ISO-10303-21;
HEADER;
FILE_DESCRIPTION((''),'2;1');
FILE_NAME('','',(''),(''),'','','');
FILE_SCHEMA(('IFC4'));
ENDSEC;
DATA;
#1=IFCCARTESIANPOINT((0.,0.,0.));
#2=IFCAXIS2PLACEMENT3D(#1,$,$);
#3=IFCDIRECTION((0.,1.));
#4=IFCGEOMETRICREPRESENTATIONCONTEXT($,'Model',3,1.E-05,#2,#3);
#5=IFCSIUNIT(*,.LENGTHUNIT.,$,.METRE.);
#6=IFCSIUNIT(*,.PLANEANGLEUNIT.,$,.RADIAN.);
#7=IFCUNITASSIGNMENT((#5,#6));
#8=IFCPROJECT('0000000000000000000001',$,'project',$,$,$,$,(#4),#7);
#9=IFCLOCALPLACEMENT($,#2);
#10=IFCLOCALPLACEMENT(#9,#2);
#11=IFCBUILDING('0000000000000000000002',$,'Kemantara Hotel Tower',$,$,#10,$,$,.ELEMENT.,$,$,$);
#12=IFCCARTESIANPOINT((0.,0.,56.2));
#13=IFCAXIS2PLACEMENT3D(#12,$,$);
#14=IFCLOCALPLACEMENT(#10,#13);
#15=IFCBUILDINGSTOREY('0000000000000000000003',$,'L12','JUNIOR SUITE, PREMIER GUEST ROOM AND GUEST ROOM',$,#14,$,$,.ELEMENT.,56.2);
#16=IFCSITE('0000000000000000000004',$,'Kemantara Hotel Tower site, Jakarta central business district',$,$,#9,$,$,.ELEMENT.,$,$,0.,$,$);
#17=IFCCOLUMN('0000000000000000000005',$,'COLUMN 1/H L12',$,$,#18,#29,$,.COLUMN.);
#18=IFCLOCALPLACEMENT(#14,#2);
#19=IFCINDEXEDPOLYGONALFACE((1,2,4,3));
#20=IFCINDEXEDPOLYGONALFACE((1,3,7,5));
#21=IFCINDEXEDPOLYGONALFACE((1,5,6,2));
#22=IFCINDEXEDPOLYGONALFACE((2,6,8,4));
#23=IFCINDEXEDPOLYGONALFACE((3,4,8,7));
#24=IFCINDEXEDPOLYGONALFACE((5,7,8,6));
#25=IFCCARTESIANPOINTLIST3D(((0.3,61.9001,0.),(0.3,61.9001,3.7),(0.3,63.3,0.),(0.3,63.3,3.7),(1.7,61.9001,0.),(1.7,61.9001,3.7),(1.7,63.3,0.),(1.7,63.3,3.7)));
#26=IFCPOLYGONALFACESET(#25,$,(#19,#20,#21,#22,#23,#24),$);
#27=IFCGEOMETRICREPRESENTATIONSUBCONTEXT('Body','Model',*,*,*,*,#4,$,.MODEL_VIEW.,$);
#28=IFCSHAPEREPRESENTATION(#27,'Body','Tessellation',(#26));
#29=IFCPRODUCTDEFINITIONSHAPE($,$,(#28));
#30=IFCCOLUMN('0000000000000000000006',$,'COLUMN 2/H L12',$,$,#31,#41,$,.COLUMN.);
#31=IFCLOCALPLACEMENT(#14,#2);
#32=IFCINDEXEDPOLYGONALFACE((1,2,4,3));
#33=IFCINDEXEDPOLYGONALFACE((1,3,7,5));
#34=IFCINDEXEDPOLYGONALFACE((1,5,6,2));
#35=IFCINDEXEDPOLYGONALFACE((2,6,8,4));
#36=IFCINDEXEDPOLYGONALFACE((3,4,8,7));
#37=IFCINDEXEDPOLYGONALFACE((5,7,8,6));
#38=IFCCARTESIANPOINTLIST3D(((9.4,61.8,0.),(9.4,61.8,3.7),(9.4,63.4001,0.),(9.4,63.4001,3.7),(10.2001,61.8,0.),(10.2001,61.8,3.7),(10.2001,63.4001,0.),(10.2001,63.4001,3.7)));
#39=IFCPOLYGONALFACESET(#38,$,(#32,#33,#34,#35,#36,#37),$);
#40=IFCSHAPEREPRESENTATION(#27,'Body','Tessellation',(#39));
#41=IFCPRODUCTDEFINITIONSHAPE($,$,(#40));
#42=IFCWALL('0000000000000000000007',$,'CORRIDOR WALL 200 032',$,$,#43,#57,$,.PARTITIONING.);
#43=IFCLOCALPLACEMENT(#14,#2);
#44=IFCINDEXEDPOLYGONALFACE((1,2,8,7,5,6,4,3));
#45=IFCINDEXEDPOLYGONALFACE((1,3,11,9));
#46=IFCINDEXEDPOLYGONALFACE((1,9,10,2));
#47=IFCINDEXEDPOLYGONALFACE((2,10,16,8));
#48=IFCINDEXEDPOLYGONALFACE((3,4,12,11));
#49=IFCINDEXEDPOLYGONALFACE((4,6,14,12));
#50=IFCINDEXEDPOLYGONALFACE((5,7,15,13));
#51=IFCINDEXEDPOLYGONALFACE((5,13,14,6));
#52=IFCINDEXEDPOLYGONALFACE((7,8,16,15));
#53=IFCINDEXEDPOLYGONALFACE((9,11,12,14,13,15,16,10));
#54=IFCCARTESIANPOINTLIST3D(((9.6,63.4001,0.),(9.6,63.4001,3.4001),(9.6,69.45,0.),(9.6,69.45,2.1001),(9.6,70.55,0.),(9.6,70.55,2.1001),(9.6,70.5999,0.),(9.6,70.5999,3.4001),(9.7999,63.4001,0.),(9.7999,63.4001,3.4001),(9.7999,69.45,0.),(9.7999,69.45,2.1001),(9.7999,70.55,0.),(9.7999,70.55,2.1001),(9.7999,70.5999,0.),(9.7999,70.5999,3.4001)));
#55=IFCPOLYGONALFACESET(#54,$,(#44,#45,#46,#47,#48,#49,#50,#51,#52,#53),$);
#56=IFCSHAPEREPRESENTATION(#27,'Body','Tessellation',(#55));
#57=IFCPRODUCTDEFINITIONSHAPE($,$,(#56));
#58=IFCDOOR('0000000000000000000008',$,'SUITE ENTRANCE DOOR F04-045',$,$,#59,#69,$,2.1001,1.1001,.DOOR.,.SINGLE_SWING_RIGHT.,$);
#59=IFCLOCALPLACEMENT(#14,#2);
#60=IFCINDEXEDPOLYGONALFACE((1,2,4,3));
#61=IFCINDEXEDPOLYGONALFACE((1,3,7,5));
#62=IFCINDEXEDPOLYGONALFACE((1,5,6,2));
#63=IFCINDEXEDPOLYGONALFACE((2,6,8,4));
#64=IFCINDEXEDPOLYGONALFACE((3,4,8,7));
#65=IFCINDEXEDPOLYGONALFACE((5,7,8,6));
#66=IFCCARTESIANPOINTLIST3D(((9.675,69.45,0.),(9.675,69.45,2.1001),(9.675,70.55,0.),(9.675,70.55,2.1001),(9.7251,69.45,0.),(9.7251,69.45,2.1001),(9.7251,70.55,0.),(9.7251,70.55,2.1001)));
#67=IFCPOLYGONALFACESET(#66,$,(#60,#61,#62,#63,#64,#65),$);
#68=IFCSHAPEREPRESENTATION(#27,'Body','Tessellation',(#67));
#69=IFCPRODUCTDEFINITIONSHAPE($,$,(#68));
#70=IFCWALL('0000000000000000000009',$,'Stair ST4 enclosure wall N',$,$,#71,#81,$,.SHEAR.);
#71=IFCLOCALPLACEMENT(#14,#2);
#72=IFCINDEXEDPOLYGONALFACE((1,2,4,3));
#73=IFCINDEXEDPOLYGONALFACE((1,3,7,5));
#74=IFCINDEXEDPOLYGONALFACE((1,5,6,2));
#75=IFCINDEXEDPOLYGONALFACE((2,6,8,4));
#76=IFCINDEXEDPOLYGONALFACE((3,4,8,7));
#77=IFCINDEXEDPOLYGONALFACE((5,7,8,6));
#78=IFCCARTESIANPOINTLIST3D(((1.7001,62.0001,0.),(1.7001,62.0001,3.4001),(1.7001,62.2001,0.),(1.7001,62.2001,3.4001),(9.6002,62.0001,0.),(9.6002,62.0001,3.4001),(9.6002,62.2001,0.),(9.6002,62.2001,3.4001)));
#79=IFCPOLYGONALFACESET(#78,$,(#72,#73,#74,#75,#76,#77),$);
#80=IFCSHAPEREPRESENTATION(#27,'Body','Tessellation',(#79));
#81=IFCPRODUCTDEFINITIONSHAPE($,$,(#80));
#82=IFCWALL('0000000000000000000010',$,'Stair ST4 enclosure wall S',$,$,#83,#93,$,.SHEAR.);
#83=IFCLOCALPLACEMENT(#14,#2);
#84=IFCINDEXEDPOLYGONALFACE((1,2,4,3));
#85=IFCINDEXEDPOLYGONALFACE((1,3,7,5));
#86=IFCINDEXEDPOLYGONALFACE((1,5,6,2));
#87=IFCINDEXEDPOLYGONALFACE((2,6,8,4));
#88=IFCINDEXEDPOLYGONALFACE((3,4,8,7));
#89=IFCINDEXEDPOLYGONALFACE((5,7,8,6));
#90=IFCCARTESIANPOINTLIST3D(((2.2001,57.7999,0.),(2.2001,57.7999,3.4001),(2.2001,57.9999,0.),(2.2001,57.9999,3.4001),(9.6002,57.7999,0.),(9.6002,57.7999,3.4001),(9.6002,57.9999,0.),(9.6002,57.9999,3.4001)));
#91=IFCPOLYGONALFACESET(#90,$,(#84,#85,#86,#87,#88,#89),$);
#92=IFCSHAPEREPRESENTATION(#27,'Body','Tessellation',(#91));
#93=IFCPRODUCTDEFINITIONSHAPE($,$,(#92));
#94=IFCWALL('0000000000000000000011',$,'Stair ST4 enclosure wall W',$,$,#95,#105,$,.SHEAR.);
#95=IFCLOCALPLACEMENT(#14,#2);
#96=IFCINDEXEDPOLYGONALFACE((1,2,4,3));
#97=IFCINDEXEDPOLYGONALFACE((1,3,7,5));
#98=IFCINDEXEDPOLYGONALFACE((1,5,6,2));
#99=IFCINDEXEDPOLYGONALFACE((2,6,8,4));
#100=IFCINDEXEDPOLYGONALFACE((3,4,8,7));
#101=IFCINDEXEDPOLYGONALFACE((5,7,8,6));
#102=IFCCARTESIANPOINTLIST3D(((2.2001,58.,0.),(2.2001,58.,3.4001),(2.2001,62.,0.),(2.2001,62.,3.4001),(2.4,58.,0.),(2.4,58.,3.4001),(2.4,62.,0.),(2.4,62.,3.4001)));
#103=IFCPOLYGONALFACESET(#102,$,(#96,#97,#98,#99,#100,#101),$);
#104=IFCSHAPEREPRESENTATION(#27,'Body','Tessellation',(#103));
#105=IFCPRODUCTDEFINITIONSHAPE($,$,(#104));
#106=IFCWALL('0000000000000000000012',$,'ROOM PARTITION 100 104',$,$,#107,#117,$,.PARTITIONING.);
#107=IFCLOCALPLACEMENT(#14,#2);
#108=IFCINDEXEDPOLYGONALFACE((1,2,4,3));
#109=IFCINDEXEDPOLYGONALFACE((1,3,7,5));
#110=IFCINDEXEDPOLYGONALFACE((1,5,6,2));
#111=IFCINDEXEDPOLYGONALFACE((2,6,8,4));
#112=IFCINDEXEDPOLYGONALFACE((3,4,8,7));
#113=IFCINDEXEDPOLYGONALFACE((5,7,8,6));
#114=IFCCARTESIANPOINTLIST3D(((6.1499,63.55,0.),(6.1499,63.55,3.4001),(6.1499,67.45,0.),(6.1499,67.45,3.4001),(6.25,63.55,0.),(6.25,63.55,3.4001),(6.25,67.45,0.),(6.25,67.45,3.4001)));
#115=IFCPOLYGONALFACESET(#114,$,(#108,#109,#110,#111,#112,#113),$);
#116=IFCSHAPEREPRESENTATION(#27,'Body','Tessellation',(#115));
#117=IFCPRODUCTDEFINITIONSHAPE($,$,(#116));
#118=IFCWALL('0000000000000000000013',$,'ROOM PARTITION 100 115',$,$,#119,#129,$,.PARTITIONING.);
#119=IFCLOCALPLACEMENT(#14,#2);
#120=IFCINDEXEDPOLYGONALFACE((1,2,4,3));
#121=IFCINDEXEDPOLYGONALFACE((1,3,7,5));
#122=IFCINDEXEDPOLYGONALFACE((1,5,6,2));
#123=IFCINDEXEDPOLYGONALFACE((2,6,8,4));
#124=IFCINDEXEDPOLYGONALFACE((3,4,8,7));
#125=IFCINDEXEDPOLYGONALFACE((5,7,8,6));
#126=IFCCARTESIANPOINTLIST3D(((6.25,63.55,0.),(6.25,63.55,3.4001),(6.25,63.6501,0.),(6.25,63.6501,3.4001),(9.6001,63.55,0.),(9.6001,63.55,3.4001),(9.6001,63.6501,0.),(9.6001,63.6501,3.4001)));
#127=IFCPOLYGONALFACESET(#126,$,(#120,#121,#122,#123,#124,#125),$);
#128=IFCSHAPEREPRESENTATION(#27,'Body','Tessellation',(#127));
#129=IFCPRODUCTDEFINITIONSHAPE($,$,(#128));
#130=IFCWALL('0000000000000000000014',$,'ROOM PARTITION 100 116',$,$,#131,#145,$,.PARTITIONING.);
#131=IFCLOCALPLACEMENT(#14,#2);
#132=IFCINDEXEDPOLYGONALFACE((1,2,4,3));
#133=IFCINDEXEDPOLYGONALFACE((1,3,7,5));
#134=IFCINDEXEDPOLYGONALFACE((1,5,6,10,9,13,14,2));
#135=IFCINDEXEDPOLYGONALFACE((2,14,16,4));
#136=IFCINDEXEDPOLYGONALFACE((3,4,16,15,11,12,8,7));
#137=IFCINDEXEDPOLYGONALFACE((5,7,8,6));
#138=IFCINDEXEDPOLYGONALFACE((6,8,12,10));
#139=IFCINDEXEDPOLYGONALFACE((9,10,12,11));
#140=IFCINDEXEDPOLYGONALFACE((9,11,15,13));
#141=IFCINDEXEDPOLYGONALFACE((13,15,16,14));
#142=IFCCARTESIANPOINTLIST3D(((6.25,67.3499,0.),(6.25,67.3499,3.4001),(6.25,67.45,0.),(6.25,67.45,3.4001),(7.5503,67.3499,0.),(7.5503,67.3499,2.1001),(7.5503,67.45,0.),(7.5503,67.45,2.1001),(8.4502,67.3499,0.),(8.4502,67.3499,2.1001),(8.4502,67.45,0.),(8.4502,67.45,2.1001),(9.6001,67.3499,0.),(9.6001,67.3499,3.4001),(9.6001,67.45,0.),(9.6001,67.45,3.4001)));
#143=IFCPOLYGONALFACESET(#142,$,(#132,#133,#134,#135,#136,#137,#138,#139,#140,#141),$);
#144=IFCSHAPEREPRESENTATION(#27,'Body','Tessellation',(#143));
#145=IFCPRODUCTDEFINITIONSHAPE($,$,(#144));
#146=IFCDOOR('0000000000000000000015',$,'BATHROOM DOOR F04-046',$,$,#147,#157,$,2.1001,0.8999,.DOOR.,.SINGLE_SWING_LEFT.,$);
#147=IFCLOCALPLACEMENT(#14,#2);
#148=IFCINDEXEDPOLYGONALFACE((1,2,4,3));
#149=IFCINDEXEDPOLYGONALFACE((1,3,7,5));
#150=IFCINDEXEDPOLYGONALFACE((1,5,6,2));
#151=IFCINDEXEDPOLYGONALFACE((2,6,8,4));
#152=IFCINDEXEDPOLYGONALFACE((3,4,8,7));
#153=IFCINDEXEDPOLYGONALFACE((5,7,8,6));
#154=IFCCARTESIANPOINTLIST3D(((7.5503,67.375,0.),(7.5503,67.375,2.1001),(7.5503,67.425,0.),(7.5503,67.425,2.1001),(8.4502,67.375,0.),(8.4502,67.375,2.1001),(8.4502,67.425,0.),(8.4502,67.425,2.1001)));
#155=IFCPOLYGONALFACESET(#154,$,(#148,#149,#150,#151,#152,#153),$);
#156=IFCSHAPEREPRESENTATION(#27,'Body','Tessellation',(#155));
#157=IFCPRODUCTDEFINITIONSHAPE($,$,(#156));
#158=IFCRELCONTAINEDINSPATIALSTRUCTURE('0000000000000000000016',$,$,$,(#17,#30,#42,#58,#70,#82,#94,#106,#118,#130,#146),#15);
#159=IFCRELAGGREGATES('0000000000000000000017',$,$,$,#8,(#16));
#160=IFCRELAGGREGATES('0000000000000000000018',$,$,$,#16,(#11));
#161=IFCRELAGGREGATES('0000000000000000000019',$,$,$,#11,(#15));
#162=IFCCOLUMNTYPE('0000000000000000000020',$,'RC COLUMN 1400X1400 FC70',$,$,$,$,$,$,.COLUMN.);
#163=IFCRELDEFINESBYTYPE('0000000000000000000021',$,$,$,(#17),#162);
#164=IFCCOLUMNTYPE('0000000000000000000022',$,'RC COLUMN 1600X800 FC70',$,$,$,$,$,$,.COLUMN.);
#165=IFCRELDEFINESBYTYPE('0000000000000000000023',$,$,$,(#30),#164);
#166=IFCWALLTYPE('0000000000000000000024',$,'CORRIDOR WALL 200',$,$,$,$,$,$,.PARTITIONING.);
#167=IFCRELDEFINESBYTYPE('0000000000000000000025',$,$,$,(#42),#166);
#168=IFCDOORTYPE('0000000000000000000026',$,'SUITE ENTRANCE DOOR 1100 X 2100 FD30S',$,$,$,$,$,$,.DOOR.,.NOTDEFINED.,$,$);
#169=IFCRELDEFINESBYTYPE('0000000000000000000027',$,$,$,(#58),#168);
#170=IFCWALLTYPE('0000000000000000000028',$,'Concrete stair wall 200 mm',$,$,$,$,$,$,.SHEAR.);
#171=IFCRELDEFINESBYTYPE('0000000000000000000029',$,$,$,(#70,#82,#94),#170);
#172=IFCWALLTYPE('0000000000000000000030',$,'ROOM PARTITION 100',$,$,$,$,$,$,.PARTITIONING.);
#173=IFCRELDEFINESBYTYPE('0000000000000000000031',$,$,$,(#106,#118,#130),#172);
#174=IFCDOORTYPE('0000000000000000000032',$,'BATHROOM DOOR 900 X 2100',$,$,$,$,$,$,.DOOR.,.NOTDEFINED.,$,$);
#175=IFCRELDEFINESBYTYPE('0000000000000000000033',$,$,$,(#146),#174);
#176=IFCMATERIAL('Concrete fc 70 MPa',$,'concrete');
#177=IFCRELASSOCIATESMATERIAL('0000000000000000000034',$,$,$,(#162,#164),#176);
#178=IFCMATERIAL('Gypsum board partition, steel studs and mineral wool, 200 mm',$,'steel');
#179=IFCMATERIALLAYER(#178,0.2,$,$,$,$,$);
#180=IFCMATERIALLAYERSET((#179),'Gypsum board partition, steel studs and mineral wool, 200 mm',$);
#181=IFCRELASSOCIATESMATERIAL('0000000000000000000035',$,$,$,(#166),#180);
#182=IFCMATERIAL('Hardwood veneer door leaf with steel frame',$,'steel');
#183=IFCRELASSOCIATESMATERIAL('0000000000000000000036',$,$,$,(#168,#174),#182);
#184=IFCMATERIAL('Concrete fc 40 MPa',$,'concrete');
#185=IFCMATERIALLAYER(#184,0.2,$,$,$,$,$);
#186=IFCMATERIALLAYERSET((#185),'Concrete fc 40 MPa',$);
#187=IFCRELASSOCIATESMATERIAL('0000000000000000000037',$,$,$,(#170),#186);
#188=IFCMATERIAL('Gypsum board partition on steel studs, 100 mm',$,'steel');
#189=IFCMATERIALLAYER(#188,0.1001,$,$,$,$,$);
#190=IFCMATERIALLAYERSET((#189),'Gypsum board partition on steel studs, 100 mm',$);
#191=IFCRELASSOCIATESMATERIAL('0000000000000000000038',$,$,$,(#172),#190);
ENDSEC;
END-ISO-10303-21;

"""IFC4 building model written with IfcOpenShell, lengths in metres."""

from ifc_helpers import new_model, si_unit, direction, frame, frame_2d, origin, origin_2d, place, context, subcontext, project, spatial, rectangle, extrude, material, layer, layer_set, material_profile, profile_set, type_object, element, fill, save


model = new_model("IFC4")

# Units and contexts
model_context = context("Model", 3, precision=1e-05, world=origin(), true_north=direction((0.0, 1.0)))
body_context = subcontext(model_context, "Body", "Model", "MODEL_VIEW")
ifc_project = project(units=[si_unit("LENGTHUNIT", "METRE"), si_unit("PLANEANGLEUNIT", "RADIAN")], contexts=[model_context])

# Site, building, storey
site_placement = place(None, origin())
site = spatial("IfcSite", under=ifc_project, at=site_placement, Name="Kemantara Hotel Tower site, Jakarta central business district", CompositionType="ELEMENT", RefElevation=0.0)
building_placement = place(site_placement, origin())
building = spatial("IfcBuilding", under=site, at=building_placement, Name="Kemantara Hotel Tower", CompositionType="ELEMENT")
storey_placement = place(building_placement, frame((0.0, 0.0, 56.2)))
storey = spatial("IfcBuildingStorey", under=building, at=storey_placement, Name="L12", Description="JUNIOR SUITE, PREMIER GUEST ROOM AND GUEST ROOM", CompositionType="ELEMENT", Elevation=56.2)

# Columns
ifc_material_1 = material(Name="Concrete fc 70 MPa", Category="concrete")
ifc_material_profile_1 = material_profile(ifc_material_1, rectangle(XDim=1.3999, YDim=1.3999, at=origin_2d()), Name="RC 1400X1400")
ifc_profile_set_1 = profile_set([ifc_material_profile_1], Name="Concrete fc 70 MPa")
column_type_1 = type_object("IfcColumnType", Name="RC COLUMN 1400X1400 FC70", PredefinedType="COLUMN", material=ifc_profile_set_1)
column_1_placement = place(storey_placement, frame((1.0, 62.6001, 0.0), z_axis=(0.0, 0.0, 1.0), x_axis=(1.0, 0.0, 0.0)))
element("IfcColumn", 1, at=column_1_placement, inside=storey, type_object=column_type_1, Name="COLUMN 1/H L12", PredefinedType="COLUMN", context=body_context, shape_type="SweptSolid", body=[
    extrude(rectangle(XDim=1.3999, YDim=1.3999, at=origin_2d()), origin(), (0.0, 0.0, 1.0), 3.7),
])
ifc_material_profile_2 = material_profile(ifc_material_1, rectangle(XDim=1.6001, YDim=0.8, at=origin_2d()), Name="RC 1600X800")
ifc_profile_set_2 = profile_set([ifc_material_profile_2], Name="Concrete fc 70 MPa")
column_type_2 = type_object("IfcColumnType", Name="RC COLUMN 1600X800 FC70", PredefinedType="COLUMN", material=ifc_profile_set_2)
column_2_placement = place(storey_placement, frame((9.8, 62.6001, 0.0), z_axis=(0.0, 0.0, 1.0), x_axis=(0.0, 1.0, 0.0)))
element("IfcColumn", 2, at=column_2_placement, inside=storey, type_object=column_type_2, Name="COLUMN 2/H L12", PredefinedType="COLUMN", context=body_context, shape_type="SweptSolid", body=[
    extrude(rectangle(XDim=1.6001, YDim=0.8, at=origin_2d()), origin(), (0.0, 0.0, 1.0), 3.7),
])

# Wall, opening, door
ifc_material_2 = material(Name="Gypsum board partition, steel studs and mineral wool, 200 mm", Category="steel")
ifc_layer_1 = layer(ifc_material_2, 0.2)
ifc_layer_set_1 = layer_set([ifc_layer_1], Name="Gypsum board partition, steel studs and mineral wool, 200 mm")
wall_type_1 = type_object("IfcWallType", Name="CORRIDOR WALL 200", PredefinedType="PARTITIONING", material=ifc_layer_set_1)
wall_1_placement = place(storey_placement, frame((9.7, 63.4001, 0.0), z_axis=(0.0, 0.0, 1.0), x_axis=(0.0, 1.0, 0.0)))
wall_1 = element("IfcWall", 3, at=wall_1_placement, inside=storey, type_object=wall_type_1, Name="CORRIDOR WALL 200 032", PredefinedType="PARTITIONING", context=body_context, shape_type="SweptSolid", body=[
    extrude(rectangle(XDim=7.1997, YDim=0.2, at=frame_2d((3.5999, 0.0))), origin(), (0.0, 0.0, 1.0), 3.4001),
])
opening_1_placement = place(wall_1_placement, frame((6.0498, 0.0, 0.0)))
opening_1 = element("IfcOpeningElement", 4, at=opening_1_placement, cuts=wall_1, PredefinedType="OPENING", context=body_context, shape_type="SweptSolid", body=[
    extrude(rectangle(XDim=1.1001, YDim=2.1001, at=frame_2d((0.55, 1.05))), frame((0.0, 0.1099, 0.0), z_axis=(0.0, -1.0, 0.0), x_axis=(1.0, 0.0, 0.0)), (0.0, 0.0, 1.0), 0.22),
])
ifc_material_3 = material(Name="Hardwood veneer door leaf with steel frame", Category="steel")
door_type_1 = type_object("IfcDoorType", Name="SUITE ENTRANCE DOOR 1100 X 2100 FD30S", OperationType="NOTDEFINED", PredefinedType="DOOR", material=ifc_material_3)
door_1_placement = place(opening_1_placement, origin())
door_1 = element("IfcDoor", 5, at=door_1_placement, inside=storey, type_object=door_type_1, Name="SUITE ENTRANCE DOOR F04-045", OperationType="SINGLE_SWING_RIGHT", OverallHeight=2.1001, OverallWidth=1.1001, PredefinedType="DOOR", context=body_context, shape_type="SweptSolid", body=[
    extrude(rectangle(XDim=1.1001, YDim=2.1001, at=frame_2d((0.55, 1.05))), frame((0.0, 0.0249, 0.0), z_axis=(0.0, -1.0, 0.0), x_axis=(1.0, 0.0, 0.0)), (0.0, 0.0, 1.0), 0.05),
])
fill(opening_1, door_1)

# Walls
ifc_material_4 = material(Name="Concrete fc 40 MPa", Category="concrete")
ifc_layer_2 = layer(ifc_material_4, 0.2)
ifc_layer_set_2 = layer_set([ifc_layer_2], Name="Concrete fc 40 MPa")
wall_type_2 = type_object("IfcWallType", Name="Concrete stair wall 200 mm", PredefinedType="SHEAR", material=ifc_layer_set_2)
wall_2_placement = place(storey_placement, frame((1.7, 62.1001, 0.0), z_axis=(0.0, 0.0, 1.0), x_axis=(1.0, 0.0, 0.0)))
element("IfcWall", 6, at=wall_2_placement, inside=storey, type_object=wall_type_2, Name="Stair ST4 enclosure wall N", PredefinedType="SHEAR", context=body_context, shape_type="SweptSolid", body=[
    extrude(rectangle(XDim=7.9001, YDim=0.2, at=frame_2d((3.9502, 0.0))), origin(), (0.0, 0.0, 1.0), 3.4001),
])
wall_3_placement = place(storey_placement, frame((2.2, 57.8999, 0.0), z_axis=(0.0, 0.0, 1.0), x_axis=(1.0, 0.0, 0.0)))
element("IfcWall", 7, at=wall_3_placement, inside=storey, type_object=wall_type_2, Name="Stair ST4 enclosure wall S", PredefinedType="SHEAR", context=body_context, shape_type="SweptSolid", body=[
    extrude(rectangle(XDim=7.4001, YDim=0.2, at=frame_2d((3.7002, 0.0))), origin(), (0.0, 0.0, 1.0), 3.4001),
])
wall_4_placement = place(storey_placement, frame((2.3, 58.0, 0.0), z_axis=(0.0, 0.0, 1.0), x_axis=(0.0, 1.0, 0.0)))
element("IfcWall", 8, at=wall_4_placement, inside=storey, type_object=wall_type_2, Name="Stair ST4 enclosure wall W", PredefinedType="SHEAR", context=body_context, shape_type="SweptSolid", body=[
    extrude(rectangle(XDim=4.0, YDim=0.2, at=frame_2d((2.0, 0.0))), origin(), (0.0, 0.0, 1.0), 3.4001),
])
ifc_material_5 = material(Name="Gypsum board partition on steel studs, 100 mm", Category="steel")
ifc_layer_3 = layer(ifc_material_5, 0.1001)
ifc_layer_set_3 = layer_set([ifc_layer_3], Name="Gypsum board partition on steel studs, 100 mm")
wall_type_3 = type_object("IfcWallType", Name="ROOM PARTITION 100", PredefinedType="PARTITIONING", material=ifc_layer_set_3)
wall_5_placement = place(storey_placement, frame((6.2, 63.55, 0.0), z_axis=(0.0, 0.0, 1.0), x_axis=(0.0, 1.0, 0.0)))
element("IfcWall", 9, at=wall_5_placement, inside=storey, type_object=wall_type_3, Name="ROOM PARTITION 100 104", PredefinedType="PARTITIONING", context=body_context, shape_type="SweptSolid", body=[
    extrude(rectangle(XDim=3.8999, YDim=0.1001, at=frame_2d((1.95, 0.0))), origin(), (0.0, 0.0, 1.0), 3.4001),
])
wall_6_placement = place(storey_placement, frame((6.25, 63.6001, 0.0), z_axis=(0.0, 0.0, 1.0), x_axis=(1.0, 0.0, 0.0)))
element("IfcWall", 10, at=wall_6_placement, inside=storey, type_object=wall_type_3, Name="ROOM PARTITION 100 115", PredefinedType="PARTITIONING", context=body_context, shape_type="SweptSolid", body=[
    extrude(rectangle(XDim=3.3501, YDim=0.1001, at=frame_2d((1.675, 0.0))), origin(), (0.0, 0.0, 1.0), 3.4001),
])

# Wall, opening, door
wall_7_placement = place(storey_placement, frame((9.6001, 67.3999, 0.0), z_axis=(0.0, 0.0, 1.0), x_axis=(-1.0, 0.0, 0.0)))
wall_7 = element("IfcWall", 11, at=wall_7_placement, inside=storey, type_object=wall_type_3, Name="ROOM PARTITION 100 116", PredefinedType="PARTITIONING", context=body_context, shape_type="SweptSolid", body=[
    extrude(rectangle(XDim=3.3501, YDim=0.1001, at=frame_2d((1.675, 0.0))), origin(), (0.0, 0.0, 1.0), 3.4001),
])
opening_2_placement = place(wall_7_placement, frame((1.1499, 0.0, 0.0)))
opening_2 = element("IfcOpeningElement", 12, at=opening_2_placement, cuts=wall_7, PredefinedType="OPENING", context=body_context, shape_type="SweptSolid", body=[
    extrude(rectangle(XDim=0.8999, YDim=2.1001, at=frame_2d((0.45, 1.05))), frame((0.0, 0.0601, 0.0), z_axis=(0.0, -1.0, 0.0), x_axis=(1.0, 0.0, 0.0)), (0.0, 0.0, 1.0), 0.1201),
])
door_type_2 = type_object("IfcDoorType", Name="BATHROOM DOOR 900 X 2100", OperationType="NOTDEFINED", PredefinedType="DOOR", material=ifc_material_3)
door_2_placement = place(opening_2_placement, origin())
door_2 = element("IfcDoor", 13, at=door_2_placement, inside=storey, type_object=door_type_2, Name="BATHROOM DOOR F04-046", OperationType="SINGLE_SWING_LEFT", OverallHeight=2.1001, OverallWidth=0.8999, PredefinedType="DOOR", context=body_context, shape_type="SweptSolid", body=[
    extrude(rectangle(XDim=0.8999, YDim=2.1001, at=frame_2d((0.45, 1.05))), frame((0.0, 0.0249, 0.0), z_axis=(0.0, -1.0, 0.0), x_axis=(1.0, 0.0, 0.0)), (0.0, 0.0, 1.0), 0.05),
])
fill(opening_2, door_2)

save(model, "model.ifc")
